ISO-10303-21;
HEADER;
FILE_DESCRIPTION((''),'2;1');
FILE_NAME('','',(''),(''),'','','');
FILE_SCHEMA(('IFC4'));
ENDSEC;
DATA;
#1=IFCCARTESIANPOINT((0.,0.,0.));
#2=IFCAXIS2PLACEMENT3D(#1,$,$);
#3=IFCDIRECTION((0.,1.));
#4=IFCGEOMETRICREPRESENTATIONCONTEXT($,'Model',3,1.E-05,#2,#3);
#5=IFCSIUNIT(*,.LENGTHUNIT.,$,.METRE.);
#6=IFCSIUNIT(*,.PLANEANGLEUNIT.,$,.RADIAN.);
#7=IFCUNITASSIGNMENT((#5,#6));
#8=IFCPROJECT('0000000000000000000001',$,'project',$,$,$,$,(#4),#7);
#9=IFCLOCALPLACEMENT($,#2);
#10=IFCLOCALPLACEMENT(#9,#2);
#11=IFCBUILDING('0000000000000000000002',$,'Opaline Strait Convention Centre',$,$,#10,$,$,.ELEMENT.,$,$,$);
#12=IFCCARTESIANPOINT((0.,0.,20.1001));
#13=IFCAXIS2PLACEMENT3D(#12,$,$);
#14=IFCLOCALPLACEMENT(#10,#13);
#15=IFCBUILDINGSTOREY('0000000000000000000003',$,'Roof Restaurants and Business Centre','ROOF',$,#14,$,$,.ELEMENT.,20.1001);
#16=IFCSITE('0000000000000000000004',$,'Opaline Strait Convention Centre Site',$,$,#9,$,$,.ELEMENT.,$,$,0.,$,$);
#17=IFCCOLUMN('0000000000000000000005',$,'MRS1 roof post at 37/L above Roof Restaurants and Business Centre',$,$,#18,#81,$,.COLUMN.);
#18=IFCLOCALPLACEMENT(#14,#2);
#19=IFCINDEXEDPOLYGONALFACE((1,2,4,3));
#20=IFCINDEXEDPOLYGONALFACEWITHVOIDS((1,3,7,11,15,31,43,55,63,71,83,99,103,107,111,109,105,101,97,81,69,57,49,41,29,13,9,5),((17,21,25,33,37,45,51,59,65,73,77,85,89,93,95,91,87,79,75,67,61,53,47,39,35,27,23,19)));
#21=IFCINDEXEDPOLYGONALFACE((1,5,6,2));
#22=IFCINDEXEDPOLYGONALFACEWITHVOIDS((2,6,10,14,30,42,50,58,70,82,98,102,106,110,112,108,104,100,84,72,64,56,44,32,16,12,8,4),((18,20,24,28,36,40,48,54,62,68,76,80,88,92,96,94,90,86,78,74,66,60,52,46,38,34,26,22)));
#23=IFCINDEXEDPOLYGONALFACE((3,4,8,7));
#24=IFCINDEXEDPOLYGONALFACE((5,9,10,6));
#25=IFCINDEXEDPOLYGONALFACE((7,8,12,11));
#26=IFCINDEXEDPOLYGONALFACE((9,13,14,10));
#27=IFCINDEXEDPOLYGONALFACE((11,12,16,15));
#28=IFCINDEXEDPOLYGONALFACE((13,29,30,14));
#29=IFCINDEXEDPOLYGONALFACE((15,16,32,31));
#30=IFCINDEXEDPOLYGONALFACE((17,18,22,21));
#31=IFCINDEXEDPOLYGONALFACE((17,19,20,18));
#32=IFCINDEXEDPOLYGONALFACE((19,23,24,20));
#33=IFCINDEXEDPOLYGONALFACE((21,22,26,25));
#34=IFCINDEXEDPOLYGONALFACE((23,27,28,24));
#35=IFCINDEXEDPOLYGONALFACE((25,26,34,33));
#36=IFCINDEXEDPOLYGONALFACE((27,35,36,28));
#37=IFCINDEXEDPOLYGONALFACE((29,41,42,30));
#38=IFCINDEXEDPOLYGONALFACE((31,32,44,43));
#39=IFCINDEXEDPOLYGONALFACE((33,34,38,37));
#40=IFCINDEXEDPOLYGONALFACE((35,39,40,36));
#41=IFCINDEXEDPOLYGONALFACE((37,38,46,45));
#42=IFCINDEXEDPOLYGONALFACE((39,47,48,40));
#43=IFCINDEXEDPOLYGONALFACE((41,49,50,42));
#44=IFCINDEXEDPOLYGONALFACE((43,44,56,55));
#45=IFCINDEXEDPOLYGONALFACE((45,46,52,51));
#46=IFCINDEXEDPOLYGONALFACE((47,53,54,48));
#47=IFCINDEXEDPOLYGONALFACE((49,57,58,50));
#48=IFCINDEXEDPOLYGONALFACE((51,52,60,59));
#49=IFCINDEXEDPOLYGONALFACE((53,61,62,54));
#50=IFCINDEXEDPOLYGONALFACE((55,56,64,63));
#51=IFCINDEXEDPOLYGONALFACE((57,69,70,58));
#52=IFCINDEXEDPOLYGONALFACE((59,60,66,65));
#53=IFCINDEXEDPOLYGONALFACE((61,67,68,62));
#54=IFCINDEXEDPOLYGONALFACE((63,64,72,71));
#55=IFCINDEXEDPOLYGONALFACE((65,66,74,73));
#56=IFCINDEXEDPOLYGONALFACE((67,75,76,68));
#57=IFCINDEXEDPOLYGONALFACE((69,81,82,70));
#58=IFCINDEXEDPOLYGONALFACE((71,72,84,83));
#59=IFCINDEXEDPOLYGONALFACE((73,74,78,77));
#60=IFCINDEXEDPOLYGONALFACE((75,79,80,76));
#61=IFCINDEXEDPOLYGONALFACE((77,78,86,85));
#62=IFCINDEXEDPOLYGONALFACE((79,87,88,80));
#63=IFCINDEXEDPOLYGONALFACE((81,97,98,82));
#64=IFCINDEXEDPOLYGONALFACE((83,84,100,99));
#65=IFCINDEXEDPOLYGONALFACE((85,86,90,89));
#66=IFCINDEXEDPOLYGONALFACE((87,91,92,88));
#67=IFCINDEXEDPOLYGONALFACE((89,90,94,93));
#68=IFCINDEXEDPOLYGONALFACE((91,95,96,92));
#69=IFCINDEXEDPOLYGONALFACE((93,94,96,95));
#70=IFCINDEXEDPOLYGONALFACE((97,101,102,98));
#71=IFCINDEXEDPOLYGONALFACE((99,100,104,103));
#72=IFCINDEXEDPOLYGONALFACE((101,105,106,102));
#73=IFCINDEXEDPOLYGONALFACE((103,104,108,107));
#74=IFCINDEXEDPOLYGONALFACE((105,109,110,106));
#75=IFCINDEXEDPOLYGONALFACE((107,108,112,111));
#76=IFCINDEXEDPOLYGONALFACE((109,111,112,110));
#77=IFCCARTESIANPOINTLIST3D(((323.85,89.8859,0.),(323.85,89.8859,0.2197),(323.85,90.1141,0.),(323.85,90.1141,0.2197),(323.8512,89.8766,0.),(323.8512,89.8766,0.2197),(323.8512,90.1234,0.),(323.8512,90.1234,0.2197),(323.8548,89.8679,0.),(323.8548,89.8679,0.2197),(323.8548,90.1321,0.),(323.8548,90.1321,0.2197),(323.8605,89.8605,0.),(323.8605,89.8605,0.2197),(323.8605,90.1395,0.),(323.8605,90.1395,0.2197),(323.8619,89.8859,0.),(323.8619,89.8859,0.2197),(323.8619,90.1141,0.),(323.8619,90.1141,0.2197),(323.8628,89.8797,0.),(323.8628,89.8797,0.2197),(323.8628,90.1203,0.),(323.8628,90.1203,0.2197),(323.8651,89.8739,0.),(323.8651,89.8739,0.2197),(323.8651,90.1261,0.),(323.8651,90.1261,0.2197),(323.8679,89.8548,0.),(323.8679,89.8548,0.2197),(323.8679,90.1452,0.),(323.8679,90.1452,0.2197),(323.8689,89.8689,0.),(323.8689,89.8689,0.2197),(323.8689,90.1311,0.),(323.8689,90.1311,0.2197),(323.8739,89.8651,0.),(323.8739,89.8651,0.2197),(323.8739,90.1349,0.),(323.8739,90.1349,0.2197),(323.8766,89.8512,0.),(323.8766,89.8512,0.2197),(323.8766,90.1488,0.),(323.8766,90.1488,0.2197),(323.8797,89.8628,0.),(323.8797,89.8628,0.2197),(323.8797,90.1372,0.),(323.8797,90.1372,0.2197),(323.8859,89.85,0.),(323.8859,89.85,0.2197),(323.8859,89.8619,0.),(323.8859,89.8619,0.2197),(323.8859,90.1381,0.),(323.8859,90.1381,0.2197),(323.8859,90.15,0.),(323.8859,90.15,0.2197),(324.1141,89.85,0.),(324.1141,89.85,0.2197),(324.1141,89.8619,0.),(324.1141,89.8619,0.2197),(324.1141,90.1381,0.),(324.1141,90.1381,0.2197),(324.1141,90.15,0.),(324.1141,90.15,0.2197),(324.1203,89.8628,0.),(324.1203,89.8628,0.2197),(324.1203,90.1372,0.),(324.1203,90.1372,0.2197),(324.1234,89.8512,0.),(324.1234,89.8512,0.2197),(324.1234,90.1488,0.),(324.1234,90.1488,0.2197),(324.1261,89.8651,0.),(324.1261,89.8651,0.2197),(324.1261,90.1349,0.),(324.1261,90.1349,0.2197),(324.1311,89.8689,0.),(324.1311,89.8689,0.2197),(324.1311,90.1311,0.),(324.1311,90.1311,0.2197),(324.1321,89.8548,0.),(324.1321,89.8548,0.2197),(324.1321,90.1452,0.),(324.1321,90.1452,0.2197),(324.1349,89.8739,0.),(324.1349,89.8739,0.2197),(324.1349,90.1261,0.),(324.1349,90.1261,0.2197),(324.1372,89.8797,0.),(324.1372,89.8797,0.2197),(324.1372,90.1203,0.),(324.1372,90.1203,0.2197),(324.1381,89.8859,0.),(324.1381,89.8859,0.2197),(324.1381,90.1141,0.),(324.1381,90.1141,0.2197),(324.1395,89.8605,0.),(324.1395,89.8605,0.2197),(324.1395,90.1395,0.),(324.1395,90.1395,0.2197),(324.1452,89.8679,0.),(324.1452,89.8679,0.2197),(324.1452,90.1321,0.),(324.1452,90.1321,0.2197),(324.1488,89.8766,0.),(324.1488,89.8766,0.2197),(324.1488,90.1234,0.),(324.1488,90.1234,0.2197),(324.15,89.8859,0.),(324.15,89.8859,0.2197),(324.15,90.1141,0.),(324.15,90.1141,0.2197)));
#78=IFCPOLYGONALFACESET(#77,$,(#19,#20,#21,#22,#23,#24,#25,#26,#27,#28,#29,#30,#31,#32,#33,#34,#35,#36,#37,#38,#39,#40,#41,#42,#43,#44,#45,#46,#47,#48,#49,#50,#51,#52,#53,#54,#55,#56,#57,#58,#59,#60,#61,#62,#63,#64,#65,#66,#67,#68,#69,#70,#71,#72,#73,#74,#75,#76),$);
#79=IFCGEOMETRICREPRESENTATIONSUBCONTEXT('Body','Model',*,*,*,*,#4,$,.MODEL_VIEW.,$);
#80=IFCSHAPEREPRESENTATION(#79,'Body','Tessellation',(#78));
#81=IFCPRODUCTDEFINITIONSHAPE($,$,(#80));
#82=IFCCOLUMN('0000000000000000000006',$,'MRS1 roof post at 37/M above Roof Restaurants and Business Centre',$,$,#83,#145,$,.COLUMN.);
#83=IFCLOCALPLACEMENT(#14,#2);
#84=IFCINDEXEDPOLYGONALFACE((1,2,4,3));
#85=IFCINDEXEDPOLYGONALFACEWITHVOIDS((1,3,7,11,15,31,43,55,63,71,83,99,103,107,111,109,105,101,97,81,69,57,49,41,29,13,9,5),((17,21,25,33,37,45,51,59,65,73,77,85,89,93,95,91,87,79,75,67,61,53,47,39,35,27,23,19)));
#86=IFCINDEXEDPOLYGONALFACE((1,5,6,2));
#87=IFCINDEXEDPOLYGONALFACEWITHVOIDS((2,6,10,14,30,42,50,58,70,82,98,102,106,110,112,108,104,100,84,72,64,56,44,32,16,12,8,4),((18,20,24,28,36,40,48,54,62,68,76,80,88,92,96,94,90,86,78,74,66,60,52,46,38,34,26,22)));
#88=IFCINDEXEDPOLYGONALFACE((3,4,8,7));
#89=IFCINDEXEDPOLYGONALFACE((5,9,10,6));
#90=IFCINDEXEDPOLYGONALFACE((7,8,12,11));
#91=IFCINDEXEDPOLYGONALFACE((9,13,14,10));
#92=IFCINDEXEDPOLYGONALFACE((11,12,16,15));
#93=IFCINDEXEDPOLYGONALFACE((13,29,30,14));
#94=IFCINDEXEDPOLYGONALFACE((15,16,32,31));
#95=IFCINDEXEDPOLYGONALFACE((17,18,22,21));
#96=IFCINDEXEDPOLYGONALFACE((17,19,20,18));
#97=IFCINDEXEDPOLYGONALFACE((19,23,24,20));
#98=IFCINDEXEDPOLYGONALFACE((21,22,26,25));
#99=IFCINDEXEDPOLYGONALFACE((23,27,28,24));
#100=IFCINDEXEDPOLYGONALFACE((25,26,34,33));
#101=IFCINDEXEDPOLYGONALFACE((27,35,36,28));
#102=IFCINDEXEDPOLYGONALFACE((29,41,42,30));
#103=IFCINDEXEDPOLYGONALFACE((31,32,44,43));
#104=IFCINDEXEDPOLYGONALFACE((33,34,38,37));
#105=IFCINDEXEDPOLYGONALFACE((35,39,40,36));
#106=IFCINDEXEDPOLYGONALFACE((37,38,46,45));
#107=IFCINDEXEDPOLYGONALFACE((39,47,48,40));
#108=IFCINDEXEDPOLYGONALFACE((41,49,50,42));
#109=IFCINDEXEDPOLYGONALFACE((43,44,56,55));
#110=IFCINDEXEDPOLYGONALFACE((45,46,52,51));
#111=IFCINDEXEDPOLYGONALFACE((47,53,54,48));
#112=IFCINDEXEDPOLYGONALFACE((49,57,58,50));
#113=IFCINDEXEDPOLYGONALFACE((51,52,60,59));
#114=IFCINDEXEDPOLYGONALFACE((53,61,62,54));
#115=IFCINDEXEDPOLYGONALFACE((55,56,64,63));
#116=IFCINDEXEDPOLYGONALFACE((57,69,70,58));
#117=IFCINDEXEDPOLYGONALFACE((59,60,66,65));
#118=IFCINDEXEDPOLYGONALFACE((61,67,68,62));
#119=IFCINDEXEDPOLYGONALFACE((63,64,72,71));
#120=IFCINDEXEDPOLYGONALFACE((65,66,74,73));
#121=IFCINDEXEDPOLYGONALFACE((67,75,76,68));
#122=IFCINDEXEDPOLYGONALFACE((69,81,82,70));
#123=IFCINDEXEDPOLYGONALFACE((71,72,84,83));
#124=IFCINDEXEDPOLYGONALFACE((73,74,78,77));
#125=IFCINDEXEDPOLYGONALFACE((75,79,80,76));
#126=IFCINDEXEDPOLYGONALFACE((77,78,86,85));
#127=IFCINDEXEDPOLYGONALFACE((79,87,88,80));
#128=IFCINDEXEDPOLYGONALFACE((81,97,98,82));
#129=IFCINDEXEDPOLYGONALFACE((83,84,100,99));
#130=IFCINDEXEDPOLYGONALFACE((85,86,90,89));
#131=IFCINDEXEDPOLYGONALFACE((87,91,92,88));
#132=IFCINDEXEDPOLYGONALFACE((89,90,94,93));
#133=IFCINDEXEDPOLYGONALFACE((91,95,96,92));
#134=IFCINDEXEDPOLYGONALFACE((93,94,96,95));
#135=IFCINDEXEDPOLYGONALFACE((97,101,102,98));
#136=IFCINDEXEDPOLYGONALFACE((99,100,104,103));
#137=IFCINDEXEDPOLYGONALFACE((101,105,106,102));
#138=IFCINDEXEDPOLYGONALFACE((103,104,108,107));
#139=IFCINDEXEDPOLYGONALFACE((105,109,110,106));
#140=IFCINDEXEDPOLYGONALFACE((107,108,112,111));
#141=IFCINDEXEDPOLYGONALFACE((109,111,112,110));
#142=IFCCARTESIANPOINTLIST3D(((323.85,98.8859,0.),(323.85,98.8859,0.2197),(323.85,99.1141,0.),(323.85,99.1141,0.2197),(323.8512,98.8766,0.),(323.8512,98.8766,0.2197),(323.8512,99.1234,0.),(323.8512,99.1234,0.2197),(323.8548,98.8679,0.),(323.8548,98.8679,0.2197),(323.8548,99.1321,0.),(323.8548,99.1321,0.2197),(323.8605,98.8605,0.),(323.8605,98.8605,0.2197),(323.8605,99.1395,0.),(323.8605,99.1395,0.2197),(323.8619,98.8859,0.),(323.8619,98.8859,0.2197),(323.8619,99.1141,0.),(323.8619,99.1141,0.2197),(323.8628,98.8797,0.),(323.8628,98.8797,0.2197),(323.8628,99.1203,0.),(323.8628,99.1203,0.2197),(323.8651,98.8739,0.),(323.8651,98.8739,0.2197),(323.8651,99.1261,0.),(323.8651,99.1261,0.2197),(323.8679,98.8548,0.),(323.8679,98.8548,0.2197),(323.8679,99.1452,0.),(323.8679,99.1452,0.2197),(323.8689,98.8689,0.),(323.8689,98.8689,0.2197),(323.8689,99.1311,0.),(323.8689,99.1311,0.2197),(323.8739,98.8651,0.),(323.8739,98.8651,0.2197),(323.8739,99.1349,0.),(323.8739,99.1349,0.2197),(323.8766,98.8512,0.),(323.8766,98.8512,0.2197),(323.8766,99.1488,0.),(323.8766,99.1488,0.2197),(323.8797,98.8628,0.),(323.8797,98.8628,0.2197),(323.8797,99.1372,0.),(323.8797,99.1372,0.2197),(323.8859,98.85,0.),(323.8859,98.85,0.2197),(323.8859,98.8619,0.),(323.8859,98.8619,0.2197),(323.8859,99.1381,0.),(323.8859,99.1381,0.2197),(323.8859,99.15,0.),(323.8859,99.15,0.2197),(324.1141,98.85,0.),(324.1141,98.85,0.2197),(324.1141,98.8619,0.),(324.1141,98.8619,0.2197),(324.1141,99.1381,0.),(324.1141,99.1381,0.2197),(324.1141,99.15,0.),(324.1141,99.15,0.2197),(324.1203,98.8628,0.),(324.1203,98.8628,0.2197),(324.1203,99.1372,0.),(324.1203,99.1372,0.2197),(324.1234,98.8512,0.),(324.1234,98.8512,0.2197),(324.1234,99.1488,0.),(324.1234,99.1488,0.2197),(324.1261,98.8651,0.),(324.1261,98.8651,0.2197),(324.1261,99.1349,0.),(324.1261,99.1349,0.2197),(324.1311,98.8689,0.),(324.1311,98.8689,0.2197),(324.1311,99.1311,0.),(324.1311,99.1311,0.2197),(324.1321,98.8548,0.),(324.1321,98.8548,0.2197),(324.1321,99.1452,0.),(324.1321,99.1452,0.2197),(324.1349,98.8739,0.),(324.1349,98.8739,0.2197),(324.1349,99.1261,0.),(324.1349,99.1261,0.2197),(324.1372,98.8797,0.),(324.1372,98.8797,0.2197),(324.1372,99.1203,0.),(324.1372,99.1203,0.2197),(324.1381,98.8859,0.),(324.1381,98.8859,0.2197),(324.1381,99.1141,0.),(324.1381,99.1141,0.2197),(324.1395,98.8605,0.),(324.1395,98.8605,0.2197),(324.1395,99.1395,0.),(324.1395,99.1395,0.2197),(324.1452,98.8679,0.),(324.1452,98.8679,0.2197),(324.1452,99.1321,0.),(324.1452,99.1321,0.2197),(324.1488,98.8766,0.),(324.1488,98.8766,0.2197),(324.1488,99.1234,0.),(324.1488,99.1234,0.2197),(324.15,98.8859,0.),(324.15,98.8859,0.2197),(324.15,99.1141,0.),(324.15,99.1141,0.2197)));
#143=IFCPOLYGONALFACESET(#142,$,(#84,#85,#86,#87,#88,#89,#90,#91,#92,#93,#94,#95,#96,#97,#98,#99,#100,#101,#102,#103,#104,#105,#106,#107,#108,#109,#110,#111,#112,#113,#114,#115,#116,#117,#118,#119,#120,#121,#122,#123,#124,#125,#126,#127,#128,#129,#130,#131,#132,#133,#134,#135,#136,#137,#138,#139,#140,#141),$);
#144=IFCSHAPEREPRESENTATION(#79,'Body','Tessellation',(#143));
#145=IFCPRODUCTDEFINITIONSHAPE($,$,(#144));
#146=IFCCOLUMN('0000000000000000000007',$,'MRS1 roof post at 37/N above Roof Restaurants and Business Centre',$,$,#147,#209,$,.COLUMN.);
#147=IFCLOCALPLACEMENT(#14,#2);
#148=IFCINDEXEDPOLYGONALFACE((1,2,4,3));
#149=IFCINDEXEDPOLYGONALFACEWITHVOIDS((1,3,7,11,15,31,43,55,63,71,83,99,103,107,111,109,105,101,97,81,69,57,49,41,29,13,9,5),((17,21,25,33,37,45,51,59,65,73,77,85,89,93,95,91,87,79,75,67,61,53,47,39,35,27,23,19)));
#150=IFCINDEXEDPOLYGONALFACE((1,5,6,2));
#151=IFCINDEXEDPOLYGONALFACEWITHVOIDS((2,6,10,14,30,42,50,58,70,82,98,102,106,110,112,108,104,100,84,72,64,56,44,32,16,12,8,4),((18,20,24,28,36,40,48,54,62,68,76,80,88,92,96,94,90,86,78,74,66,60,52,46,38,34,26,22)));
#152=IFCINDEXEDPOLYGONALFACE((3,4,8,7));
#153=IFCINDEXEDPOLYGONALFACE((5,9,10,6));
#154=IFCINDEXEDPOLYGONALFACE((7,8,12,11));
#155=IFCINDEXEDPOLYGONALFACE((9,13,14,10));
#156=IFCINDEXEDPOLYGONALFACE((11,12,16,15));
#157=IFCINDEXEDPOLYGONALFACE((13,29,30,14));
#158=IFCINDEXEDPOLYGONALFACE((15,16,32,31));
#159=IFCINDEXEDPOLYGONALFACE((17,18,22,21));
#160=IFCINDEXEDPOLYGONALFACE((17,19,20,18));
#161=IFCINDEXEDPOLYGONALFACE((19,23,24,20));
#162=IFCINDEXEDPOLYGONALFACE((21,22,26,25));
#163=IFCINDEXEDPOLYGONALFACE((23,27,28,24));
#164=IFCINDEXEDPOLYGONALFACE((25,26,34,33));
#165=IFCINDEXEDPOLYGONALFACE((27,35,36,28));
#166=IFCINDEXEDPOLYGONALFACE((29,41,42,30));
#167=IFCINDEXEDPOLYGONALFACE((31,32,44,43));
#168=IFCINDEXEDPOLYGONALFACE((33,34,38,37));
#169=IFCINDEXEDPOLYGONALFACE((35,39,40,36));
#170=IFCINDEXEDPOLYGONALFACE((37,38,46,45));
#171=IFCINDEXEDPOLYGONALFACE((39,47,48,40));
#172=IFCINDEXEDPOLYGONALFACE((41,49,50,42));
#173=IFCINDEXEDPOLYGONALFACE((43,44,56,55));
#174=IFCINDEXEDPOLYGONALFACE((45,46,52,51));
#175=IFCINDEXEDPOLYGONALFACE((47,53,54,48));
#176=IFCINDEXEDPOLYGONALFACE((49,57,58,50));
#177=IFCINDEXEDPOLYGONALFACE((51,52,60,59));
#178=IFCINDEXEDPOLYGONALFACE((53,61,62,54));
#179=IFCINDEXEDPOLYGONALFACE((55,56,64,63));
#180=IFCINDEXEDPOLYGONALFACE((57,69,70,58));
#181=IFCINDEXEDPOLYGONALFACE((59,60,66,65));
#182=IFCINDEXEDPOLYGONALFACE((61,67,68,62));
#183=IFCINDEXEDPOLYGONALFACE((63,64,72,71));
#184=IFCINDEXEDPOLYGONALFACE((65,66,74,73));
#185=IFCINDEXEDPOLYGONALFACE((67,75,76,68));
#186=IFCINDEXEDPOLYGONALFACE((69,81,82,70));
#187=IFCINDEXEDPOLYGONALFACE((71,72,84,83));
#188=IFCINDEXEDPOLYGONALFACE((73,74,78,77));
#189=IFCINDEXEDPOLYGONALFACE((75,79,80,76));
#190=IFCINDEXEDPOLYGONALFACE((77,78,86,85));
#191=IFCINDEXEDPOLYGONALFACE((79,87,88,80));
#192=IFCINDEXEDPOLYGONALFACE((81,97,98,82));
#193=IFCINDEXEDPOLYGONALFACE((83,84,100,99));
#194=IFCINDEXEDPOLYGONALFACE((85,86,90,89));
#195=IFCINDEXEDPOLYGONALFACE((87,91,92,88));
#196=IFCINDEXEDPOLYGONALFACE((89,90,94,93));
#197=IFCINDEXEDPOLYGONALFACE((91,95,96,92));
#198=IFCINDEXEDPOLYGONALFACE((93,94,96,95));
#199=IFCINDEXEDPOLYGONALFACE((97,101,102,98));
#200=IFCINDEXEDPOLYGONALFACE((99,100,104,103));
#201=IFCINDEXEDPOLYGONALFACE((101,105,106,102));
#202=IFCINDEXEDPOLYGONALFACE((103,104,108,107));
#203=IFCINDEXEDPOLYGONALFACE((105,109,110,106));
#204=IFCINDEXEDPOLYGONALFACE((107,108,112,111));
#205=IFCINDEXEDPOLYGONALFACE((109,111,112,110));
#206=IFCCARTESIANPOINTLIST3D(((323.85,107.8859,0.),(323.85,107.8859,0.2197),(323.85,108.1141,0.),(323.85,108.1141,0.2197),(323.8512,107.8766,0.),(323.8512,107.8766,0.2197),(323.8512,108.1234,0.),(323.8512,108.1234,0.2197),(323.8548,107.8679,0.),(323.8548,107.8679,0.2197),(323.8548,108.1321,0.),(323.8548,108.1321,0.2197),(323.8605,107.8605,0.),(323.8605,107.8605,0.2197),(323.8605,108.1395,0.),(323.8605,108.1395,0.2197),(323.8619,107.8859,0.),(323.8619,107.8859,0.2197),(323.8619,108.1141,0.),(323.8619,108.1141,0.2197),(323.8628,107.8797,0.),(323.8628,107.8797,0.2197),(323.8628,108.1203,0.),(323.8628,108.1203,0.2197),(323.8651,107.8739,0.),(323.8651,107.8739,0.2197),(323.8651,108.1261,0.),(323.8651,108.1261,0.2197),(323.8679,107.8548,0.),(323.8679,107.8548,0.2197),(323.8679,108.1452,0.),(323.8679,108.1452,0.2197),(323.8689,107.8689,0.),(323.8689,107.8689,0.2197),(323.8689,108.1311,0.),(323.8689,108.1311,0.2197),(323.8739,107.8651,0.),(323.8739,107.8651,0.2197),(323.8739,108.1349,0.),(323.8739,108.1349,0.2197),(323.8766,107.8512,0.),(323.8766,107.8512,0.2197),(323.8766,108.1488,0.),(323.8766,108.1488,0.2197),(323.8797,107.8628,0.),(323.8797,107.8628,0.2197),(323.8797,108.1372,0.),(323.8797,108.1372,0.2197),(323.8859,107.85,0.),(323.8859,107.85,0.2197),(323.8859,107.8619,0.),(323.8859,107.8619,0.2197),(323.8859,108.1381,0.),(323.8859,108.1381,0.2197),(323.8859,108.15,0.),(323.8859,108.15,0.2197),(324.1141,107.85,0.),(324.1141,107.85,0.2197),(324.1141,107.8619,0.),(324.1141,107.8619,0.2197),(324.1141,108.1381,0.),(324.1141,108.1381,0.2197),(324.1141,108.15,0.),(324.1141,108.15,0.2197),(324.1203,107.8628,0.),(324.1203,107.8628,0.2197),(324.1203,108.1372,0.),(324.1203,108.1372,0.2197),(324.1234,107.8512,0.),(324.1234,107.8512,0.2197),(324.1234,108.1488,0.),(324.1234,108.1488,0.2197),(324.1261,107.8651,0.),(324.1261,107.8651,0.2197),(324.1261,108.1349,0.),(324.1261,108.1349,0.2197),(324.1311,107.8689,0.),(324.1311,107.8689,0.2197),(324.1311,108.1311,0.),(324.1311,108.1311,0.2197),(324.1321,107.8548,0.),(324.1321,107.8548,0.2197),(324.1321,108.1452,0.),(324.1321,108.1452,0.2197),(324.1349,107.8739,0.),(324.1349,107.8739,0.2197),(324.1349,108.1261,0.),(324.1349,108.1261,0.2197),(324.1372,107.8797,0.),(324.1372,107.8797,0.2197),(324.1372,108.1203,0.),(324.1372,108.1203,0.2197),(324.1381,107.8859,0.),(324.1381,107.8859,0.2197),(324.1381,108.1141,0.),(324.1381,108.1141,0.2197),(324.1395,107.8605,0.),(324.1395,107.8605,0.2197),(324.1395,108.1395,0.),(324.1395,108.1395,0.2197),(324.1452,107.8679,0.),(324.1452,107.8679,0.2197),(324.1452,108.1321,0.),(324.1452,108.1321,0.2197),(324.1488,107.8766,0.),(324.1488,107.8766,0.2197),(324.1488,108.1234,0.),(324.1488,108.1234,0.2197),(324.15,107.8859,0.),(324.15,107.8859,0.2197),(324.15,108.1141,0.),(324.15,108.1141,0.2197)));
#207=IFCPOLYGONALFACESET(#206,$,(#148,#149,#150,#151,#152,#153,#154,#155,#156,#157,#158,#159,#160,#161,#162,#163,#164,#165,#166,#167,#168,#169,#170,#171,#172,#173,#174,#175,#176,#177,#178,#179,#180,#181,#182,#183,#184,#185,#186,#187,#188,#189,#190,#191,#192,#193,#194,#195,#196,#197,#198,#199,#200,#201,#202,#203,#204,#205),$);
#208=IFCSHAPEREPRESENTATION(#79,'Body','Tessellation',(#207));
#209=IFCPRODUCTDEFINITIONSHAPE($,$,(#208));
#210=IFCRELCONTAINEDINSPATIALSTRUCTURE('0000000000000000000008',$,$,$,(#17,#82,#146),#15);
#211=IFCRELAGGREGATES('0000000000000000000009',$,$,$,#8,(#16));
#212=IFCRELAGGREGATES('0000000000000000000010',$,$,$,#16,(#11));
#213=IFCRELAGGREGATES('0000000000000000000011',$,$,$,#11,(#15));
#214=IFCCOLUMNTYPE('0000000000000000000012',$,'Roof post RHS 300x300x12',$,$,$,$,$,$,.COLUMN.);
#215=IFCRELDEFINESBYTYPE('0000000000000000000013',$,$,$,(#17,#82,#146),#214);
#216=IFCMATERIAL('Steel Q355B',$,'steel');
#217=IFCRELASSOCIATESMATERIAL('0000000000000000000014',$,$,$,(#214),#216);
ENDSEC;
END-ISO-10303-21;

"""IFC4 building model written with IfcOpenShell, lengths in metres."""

from ifc_helpers import new_model, si_unit, direction, frame, origin, origin_2d, place, context, subcontext, project, spatial, hollow_rectangle, extrude, material, material_profile, profile_set, type_object, element, save


model = new_model("IFC4")

# Units and contexts
model_context = context("Model", 3, precision=1e-05, world=origin(), true_north=direction((0.0, 1.0)))
body_context = subcontext(model_context, "Body", "Model", "MODEL_VIEW")
ifc_project = project(units=[si_unit("LENGTHUNIT", "METRE"), si_unit("PLANEANGLEUNIT", "RADIAN")], contexts=[model_context])

# Site, building, storey
site_placement = place(None, origin())
site = spatial("IfcSite", under=ifc_project, at=site_placement, Name="Opaline Strait Convention Centre Site", CompositionType="ELEMENT", RefElevation=0.0)
building_placement = place(site_placement, origin())
building = spatial("IfcBuilding", under=site, at=building_placement, Name="Opaline Strait Convention Centre", CompositionType="ELEMENT")
storey_placement = place(building_placement, frame((0.0, 0.0, 20.1001)))
storey = spatial("IfcBuildingStorey", under=building, at=storey_placement, Name="Roof Restaurants and Business Centre", Description="ROOF", CompositionType="ELEMENT", Elevation=20.1001)

# Columns
ifc_material = material(Name="Steel Q355B", Category="steel")
ifc_material_profile = material_profile(ifc_material, hollow_rectangle(XDim=0.3, YDim=0.3, WallThickness=0.012, InnerFilletRadius=0.0239, OuterFilletRadius=0.0359, at=origin_2d()), Name="RHS 300x300x12")
ifc_profile_set = profile_set([ifc_material_profile], Name="Steel Q355B")
column_type = type_object("IfcColumnType", Name="Roof post RHS 300x300x12", PredefinedType="COLUMN", material=ifc_profile_set)
for number, where, z_axis, x_axis, name in (
    (1, (324.0, 90.0, 0.0), (0.0, 0.0, 1.0), (1.0, 0.0, 0.0), "MRS1 roof post at 37/L above Roof Restaurants and Business Centre"),
    (2, (324.0, 99.0, 0.0), (0.0, 0.0, 1.0), (1.0, 0.0, 0.0), "MRS1 roof post at 37/M above Roof Restaurants and Business Centre"),
    (3, (324.0, 108.0, 0.0), (0.0, 0.0, 1.0), (1.0, 0.0, 0.0), "MRS1 roof post at 37/N above Roof Restaurants and Business Centre"),
):
    element("IfcColumn", number, at=place(storey_placement, frame(where, z_axis=z_axis, x_axis=x_axis)), inside=storey, type_object=column_type, Name=name, PredefinedType="COLUMN", context=body_context, shape_type="SweptSolid", body=[
        extrude(hollow_rectangle(XDim=0.3, YDim=0.3, WallThickness=0.012, InnerFilletRadius=0.0239, OuterFilletRadius=0.0359, at=origin_2d()), origin(), (0.0, 0.0, 1.0), 0.2197),
    ])

save(model, "model.ifc")
